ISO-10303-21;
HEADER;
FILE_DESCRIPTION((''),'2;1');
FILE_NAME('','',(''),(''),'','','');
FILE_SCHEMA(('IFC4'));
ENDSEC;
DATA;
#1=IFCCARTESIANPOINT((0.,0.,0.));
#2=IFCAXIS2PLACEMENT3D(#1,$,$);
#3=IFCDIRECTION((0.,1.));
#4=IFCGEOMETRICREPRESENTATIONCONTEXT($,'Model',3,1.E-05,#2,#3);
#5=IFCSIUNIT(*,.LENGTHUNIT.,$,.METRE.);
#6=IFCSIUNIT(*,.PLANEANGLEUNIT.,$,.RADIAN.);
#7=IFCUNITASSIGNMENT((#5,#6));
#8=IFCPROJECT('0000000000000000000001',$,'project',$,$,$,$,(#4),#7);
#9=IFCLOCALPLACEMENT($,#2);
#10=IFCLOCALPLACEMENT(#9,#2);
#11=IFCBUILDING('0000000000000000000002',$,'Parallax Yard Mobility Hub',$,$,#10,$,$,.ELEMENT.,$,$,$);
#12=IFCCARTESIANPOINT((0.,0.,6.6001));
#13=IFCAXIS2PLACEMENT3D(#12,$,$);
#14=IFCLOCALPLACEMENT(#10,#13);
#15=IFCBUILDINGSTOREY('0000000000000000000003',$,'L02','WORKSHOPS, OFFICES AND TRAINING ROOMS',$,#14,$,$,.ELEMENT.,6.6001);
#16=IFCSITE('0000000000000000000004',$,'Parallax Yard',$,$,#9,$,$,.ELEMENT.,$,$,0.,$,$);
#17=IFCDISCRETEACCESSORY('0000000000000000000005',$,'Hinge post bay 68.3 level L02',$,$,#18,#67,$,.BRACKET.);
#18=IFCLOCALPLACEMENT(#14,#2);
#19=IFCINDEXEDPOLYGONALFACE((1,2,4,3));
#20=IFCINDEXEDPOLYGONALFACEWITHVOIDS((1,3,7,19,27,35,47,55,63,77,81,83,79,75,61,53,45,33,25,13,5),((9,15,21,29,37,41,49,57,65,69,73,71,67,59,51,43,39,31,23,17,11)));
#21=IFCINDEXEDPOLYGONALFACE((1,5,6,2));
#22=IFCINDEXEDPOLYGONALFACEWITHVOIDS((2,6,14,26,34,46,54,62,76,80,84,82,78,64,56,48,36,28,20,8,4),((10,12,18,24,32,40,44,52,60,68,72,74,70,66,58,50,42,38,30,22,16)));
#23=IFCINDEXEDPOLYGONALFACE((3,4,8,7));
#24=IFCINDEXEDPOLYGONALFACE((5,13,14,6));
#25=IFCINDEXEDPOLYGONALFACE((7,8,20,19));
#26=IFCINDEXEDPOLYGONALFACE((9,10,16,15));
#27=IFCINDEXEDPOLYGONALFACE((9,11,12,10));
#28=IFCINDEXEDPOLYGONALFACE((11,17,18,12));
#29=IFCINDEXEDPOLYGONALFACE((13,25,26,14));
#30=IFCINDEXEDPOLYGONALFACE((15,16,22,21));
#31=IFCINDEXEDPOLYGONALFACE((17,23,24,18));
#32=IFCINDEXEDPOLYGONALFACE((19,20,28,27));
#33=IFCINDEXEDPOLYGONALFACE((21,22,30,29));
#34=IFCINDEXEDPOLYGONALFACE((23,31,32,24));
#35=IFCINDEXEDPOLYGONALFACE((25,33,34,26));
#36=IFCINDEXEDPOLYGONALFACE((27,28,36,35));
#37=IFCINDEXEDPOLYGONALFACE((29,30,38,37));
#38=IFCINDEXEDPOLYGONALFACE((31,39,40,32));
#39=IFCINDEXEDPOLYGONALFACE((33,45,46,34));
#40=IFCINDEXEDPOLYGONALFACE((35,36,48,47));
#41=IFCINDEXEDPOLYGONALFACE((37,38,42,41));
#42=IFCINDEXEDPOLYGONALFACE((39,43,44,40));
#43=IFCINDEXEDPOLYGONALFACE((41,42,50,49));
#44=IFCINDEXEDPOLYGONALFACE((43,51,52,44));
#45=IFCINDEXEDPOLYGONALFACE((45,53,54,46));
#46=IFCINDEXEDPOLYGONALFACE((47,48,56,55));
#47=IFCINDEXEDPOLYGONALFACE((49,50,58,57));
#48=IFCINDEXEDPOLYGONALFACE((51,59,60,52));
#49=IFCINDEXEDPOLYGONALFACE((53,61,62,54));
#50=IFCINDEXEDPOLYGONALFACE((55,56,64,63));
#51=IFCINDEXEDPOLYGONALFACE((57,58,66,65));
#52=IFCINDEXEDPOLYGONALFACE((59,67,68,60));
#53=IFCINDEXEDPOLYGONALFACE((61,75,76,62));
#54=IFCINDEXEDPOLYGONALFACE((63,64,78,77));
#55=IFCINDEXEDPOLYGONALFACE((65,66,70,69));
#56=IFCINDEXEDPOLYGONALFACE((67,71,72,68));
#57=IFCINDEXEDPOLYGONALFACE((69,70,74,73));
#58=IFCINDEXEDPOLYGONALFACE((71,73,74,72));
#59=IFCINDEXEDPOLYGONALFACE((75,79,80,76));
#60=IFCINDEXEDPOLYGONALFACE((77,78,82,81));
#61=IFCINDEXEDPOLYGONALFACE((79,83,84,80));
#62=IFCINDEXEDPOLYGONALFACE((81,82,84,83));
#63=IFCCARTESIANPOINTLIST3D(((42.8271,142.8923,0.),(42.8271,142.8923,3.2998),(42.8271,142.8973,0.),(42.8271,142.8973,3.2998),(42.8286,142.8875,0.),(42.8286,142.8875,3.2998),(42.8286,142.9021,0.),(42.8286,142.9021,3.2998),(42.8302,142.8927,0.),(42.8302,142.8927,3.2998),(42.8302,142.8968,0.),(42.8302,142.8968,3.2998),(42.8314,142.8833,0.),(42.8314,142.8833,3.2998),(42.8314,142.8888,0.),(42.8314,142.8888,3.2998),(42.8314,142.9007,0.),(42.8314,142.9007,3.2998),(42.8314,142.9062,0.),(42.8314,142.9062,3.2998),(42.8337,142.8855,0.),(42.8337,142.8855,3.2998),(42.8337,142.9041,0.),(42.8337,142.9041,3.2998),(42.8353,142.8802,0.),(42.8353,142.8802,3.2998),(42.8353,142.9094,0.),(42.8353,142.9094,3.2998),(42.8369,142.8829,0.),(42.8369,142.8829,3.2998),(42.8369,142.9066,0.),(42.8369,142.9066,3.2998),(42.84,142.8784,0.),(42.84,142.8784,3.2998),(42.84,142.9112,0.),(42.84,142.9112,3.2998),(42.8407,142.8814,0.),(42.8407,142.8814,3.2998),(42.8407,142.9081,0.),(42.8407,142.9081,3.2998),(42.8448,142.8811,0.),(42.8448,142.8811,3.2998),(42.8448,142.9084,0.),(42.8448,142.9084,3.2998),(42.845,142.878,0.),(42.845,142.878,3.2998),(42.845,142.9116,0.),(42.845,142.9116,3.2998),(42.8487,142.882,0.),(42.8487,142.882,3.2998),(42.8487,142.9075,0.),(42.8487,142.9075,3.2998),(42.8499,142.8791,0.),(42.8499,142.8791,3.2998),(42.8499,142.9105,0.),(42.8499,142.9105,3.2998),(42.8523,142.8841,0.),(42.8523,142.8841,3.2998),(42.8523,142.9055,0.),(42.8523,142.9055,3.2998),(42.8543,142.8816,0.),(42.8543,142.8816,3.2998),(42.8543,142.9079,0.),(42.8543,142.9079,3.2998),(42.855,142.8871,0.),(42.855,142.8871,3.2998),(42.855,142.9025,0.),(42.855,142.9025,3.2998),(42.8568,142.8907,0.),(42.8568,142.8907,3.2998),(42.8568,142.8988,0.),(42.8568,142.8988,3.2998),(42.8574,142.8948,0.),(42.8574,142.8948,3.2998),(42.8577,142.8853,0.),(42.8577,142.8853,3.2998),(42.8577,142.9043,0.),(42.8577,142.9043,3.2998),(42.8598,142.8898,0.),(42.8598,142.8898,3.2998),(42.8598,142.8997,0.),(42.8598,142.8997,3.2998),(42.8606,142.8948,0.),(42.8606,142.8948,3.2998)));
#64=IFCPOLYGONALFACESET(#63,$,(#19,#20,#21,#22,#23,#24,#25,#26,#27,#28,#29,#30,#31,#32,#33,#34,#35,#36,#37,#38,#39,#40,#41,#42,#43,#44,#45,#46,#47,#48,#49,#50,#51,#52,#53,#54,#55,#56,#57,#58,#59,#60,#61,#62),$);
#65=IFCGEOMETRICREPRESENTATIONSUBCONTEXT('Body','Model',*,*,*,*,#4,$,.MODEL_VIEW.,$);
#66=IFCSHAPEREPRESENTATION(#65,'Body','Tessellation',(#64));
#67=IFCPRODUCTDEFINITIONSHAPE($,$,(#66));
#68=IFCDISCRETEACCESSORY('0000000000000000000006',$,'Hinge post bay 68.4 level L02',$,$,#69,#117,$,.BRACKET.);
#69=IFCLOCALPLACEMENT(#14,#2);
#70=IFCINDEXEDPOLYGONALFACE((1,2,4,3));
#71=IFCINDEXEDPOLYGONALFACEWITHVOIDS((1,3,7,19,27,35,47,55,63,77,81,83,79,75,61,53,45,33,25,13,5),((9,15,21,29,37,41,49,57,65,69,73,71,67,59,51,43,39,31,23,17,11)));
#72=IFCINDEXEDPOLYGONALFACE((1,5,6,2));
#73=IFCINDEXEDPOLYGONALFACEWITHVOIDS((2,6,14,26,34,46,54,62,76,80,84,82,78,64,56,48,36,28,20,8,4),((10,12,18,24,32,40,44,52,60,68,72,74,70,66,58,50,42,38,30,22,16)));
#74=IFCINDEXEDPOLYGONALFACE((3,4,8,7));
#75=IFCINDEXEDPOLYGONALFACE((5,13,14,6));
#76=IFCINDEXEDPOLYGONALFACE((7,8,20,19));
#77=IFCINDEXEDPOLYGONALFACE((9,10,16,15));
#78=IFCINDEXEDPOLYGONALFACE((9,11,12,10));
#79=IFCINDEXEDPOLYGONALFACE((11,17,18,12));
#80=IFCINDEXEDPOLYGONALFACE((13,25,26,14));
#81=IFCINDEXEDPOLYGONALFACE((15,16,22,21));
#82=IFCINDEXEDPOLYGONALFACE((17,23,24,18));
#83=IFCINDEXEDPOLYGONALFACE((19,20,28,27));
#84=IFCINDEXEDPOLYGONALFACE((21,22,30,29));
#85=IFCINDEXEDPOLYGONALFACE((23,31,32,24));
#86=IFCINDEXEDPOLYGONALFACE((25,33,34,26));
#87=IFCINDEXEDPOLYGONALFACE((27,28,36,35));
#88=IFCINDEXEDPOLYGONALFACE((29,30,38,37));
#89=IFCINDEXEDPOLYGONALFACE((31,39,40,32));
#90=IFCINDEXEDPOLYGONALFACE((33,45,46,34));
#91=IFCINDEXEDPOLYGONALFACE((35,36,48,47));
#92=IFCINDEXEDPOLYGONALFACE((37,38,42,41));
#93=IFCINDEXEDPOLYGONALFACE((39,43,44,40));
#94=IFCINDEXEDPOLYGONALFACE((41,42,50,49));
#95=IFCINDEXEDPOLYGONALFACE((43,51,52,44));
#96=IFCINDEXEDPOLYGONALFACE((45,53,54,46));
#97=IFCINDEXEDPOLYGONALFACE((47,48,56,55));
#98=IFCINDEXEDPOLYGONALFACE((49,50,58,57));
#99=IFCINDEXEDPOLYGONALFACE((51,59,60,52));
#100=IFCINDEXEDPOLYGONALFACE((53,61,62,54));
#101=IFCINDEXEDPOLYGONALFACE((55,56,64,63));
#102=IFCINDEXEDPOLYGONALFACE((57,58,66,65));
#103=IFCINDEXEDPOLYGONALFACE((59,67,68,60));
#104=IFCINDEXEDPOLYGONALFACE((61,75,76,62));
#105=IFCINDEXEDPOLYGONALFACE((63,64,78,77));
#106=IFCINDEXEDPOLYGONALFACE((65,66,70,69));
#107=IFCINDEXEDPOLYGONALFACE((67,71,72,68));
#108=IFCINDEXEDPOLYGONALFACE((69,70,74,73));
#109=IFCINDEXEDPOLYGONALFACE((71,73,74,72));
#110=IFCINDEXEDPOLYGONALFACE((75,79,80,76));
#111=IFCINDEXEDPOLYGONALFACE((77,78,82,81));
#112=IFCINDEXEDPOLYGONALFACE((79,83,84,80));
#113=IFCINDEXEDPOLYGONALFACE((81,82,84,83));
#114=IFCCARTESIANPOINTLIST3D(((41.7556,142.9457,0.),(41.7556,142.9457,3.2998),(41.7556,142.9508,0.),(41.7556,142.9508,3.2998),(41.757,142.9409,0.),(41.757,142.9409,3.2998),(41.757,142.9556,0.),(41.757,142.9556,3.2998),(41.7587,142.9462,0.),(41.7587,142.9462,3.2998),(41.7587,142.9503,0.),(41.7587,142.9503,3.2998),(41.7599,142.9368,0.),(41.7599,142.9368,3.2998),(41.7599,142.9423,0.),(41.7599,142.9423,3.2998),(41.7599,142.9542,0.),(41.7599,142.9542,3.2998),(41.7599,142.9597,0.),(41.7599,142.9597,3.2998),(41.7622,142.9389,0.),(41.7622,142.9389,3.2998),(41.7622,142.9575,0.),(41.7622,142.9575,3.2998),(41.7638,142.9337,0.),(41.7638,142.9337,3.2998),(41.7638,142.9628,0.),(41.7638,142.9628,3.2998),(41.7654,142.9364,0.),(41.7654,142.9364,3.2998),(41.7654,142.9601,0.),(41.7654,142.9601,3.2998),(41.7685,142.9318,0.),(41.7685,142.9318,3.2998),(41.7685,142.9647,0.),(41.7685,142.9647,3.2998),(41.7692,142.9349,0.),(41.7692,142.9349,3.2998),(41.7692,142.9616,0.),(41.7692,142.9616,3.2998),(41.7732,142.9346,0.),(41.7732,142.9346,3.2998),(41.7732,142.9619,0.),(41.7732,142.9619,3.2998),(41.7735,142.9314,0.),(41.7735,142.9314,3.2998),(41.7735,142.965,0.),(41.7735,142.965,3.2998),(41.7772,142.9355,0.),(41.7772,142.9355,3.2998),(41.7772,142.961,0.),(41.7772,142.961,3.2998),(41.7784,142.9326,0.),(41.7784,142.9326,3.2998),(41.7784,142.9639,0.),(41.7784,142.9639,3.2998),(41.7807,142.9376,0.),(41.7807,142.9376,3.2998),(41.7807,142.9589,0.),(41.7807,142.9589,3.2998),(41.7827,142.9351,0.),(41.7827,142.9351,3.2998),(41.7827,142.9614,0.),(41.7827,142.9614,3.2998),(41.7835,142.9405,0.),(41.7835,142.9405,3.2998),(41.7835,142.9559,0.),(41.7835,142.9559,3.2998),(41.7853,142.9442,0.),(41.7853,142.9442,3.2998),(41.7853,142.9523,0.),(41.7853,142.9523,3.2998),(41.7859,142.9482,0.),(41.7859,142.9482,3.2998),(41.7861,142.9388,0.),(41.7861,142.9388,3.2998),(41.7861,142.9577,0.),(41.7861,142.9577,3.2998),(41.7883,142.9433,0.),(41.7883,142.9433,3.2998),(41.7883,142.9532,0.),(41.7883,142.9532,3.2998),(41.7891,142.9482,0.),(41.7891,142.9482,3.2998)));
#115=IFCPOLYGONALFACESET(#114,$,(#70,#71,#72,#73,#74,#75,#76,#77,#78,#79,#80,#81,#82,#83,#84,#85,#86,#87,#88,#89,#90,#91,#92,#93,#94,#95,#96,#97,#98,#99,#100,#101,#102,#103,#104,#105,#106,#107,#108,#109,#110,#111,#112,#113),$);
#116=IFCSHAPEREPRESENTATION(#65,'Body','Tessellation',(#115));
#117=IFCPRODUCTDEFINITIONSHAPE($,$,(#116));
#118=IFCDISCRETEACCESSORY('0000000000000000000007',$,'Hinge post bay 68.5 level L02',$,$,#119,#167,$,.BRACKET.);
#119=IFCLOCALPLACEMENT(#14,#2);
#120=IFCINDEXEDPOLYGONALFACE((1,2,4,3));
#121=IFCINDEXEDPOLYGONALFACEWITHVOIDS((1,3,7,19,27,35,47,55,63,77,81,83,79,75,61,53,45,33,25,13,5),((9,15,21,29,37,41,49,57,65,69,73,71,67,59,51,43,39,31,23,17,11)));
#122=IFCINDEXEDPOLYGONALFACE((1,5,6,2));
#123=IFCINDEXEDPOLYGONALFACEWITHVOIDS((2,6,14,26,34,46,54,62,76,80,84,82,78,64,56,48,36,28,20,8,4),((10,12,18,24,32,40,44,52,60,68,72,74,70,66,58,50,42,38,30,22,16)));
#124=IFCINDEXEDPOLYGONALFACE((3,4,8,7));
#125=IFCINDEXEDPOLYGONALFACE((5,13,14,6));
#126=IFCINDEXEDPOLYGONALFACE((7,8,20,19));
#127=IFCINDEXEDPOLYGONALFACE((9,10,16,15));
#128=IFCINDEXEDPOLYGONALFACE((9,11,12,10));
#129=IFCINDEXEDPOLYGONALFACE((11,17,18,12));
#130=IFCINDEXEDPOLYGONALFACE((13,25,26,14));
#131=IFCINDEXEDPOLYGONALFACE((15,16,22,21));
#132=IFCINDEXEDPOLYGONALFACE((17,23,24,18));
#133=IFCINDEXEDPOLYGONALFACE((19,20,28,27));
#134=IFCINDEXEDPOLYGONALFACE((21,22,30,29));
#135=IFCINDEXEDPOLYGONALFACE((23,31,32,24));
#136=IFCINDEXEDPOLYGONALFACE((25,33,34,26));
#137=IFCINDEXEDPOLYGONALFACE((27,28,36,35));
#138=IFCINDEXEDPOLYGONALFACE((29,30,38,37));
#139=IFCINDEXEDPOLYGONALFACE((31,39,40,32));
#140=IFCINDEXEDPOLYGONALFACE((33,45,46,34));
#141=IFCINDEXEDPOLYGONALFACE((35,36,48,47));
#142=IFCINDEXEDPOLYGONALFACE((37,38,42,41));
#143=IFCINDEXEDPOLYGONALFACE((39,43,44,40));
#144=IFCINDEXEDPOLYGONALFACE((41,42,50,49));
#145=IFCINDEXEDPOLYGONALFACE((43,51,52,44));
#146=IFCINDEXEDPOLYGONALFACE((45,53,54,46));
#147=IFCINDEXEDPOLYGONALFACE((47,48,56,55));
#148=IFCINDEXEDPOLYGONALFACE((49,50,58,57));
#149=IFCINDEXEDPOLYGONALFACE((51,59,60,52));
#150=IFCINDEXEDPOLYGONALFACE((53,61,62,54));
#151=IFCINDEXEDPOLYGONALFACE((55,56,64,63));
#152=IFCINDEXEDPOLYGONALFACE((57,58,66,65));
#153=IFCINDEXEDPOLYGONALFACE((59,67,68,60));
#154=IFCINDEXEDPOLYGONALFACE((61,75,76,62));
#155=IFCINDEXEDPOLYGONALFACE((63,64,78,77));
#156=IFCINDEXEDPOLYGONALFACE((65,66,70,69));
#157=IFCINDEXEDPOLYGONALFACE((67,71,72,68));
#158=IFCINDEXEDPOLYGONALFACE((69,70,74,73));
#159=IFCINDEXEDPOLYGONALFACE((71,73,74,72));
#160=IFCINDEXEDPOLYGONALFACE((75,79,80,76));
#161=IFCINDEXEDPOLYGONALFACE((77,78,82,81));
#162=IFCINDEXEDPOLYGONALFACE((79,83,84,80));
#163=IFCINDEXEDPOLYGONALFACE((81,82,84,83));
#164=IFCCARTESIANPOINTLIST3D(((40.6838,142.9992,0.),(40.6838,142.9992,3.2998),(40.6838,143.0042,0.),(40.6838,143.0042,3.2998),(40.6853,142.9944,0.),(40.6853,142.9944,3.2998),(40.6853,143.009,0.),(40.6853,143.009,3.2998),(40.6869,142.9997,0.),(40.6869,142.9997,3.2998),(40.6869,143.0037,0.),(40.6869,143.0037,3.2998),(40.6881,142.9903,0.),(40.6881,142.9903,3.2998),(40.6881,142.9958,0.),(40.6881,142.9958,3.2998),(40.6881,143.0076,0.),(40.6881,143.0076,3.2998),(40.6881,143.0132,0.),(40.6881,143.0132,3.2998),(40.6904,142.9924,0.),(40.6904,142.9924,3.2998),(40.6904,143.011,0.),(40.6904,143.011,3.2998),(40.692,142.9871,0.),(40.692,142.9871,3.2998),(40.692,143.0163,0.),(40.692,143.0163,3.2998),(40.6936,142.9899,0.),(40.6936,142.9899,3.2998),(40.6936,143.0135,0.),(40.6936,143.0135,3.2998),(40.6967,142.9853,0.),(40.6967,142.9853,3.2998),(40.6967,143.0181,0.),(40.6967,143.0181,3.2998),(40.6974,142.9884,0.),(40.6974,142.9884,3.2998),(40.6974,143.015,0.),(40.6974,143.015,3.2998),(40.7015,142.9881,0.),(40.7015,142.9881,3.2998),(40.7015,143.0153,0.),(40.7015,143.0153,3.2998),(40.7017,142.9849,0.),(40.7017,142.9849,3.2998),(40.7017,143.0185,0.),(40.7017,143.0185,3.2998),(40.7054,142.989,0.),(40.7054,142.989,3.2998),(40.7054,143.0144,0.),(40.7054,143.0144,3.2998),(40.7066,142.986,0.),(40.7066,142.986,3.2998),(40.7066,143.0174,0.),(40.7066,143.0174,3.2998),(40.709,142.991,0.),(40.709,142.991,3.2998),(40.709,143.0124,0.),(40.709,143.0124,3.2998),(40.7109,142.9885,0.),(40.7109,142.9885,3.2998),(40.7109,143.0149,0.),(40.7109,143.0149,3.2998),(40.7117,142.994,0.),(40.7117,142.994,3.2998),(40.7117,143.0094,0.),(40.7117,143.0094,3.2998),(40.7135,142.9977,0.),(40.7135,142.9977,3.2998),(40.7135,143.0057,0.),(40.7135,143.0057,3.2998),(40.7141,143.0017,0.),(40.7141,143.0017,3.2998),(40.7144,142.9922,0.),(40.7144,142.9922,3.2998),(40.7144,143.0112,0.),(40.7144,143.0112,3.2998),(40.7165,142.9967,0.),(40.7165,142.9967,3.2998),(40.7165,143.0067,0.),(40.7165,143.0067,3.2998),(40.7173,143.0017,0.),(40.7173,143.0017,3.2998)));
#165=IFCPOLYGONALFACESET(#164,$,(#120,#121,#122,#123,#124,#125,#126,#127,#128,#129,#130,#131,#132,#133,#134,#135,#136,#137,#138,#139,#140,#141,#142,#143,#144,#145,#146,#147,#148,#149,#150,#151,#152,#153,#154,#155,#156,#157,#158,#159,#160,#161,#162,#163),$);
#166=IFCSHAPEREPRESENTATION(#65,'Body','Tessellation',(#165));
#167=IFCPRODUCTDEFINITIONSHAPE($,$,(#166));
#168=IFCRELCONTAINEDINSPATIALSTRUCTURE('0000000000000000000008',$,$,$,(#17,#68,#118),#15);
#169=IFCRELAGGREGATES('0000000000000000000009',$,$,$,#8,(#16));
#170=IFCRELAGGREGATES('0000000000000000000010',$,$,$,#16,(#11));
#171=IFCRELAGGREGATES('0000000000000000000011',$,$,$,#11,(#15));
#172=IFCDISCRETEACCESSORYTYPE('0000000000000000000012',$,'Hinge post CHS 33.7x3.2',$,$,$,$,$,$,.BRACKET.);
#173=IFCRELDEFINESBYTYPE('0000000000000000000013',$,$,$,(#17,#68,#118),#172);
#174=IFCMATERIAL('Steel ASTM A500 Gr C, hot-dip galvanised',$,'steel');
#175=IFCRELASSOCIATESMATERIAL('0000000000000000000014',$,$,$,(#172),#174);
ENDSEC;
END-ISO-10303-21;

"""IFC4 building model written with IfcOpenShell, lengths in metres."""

from ifc_helpers import new_model, si_unit, direction, frame, origin, origin_2d, place, context, subcontext, project, spatial, hollow_circle, extrude, material, material_profile, profile_set, type_object, element, save


model = new_model("IFC4")

# Units and contexts
model_context = context("Model", 3, precision=1e-05, world=origin(), true_north=direction((0.0, 1.0)))
body_context = subcontext(model_context, "Body", "Model", "MODEL_VIEW")
ifc_project = project(units=[si_unit("LENGTHUNIT", "METRE"), si_unit("PLANEANGLEUNIT", "RADIAN")], contexts=[model_context])

# Site, building, storey
site_placement = place(None, origin())
site = spatial("IfcSite", under=ifc_project, at=site_placement, Name="Parallax Yard", CompositionType="ELEMENT", RefElevation=0.0)
building_placement = place(site_placement, origin())
building = spatial("IfcBuilding", under=site, at=building_placement, Name="Parallax Yard Mobility Hub", CompositionType="ELEMENT")
storey_placement = place(building_placement, frame((0.0, 0.0, 6.6001)))
storey = spatial("IfcBuildingStorey", under=building, at=storey_placement, Name="L02", Description="WORKSHOPS, OFFICES AND TRAINING ROOMS", CompositionType="ELEMENT", Elevation=6.6001)

# Discrete accessories
ifc_material_1 = material(Name="Steel ASTM A500 Gr C, hot-dip galvanised", Category="steel")
ifc_material_profile_1 = material_profile(ifc_material_1, hollow_circle(Radius=0.0168, WallThickness=0.0032, at=origin_2d()), Name="CHS 33.7x3.2")
ifc_profile_set_1 = profile_set([ifc_material_profile_1], Name="Steel ASTM A500 Gr C, hot-dip galvanised")
discrete_accessory_type_1 = type_object("IfcDiscreteAccessoryType", Name="Hinge post CHS 33.7x3.2", PredefinedType="BRACKET", material=ifc_profile_set_1)
for number, where, z_axis, x_axis, name in (
    (1, (42.8438, 142.8948, 0.0), (0.0, 0.0, 1.0), (1.0, 0.0, 0.0), "Hinge post bay 68.3 level L02"),
    (2, (41.7722, 142.9482, 0.0), (0.0, 0.0, 1.0), (1.0, 0.0, 0.0), "Hinge post bay 68.4 level L02"),
    (3, (40.7004, 143.0017, 0.0), (0.0, 0.0, 1.0), (1.0, 0.0, 0.0), "Hinge post bay 68.5 level L02"),
):
    element("IfcDiscreteAccessory", number, at=place(storey_placement, frame(where, z_axis=z_axis, x_axis=x_axis)), inside=storey, type_object=discrete_accessory_type_1, Name=name, PredefinedType="BRACKET", context=body_context, shape_type="SweptSolid", body=[
        extrude(hollow_circle(Radius=0.0168, WallThickness=0.0032, at=origin_2d()), origin(), (0.0, 0.0, 1.0), 3.2998),
    ])

save(model, "model.ifc")
